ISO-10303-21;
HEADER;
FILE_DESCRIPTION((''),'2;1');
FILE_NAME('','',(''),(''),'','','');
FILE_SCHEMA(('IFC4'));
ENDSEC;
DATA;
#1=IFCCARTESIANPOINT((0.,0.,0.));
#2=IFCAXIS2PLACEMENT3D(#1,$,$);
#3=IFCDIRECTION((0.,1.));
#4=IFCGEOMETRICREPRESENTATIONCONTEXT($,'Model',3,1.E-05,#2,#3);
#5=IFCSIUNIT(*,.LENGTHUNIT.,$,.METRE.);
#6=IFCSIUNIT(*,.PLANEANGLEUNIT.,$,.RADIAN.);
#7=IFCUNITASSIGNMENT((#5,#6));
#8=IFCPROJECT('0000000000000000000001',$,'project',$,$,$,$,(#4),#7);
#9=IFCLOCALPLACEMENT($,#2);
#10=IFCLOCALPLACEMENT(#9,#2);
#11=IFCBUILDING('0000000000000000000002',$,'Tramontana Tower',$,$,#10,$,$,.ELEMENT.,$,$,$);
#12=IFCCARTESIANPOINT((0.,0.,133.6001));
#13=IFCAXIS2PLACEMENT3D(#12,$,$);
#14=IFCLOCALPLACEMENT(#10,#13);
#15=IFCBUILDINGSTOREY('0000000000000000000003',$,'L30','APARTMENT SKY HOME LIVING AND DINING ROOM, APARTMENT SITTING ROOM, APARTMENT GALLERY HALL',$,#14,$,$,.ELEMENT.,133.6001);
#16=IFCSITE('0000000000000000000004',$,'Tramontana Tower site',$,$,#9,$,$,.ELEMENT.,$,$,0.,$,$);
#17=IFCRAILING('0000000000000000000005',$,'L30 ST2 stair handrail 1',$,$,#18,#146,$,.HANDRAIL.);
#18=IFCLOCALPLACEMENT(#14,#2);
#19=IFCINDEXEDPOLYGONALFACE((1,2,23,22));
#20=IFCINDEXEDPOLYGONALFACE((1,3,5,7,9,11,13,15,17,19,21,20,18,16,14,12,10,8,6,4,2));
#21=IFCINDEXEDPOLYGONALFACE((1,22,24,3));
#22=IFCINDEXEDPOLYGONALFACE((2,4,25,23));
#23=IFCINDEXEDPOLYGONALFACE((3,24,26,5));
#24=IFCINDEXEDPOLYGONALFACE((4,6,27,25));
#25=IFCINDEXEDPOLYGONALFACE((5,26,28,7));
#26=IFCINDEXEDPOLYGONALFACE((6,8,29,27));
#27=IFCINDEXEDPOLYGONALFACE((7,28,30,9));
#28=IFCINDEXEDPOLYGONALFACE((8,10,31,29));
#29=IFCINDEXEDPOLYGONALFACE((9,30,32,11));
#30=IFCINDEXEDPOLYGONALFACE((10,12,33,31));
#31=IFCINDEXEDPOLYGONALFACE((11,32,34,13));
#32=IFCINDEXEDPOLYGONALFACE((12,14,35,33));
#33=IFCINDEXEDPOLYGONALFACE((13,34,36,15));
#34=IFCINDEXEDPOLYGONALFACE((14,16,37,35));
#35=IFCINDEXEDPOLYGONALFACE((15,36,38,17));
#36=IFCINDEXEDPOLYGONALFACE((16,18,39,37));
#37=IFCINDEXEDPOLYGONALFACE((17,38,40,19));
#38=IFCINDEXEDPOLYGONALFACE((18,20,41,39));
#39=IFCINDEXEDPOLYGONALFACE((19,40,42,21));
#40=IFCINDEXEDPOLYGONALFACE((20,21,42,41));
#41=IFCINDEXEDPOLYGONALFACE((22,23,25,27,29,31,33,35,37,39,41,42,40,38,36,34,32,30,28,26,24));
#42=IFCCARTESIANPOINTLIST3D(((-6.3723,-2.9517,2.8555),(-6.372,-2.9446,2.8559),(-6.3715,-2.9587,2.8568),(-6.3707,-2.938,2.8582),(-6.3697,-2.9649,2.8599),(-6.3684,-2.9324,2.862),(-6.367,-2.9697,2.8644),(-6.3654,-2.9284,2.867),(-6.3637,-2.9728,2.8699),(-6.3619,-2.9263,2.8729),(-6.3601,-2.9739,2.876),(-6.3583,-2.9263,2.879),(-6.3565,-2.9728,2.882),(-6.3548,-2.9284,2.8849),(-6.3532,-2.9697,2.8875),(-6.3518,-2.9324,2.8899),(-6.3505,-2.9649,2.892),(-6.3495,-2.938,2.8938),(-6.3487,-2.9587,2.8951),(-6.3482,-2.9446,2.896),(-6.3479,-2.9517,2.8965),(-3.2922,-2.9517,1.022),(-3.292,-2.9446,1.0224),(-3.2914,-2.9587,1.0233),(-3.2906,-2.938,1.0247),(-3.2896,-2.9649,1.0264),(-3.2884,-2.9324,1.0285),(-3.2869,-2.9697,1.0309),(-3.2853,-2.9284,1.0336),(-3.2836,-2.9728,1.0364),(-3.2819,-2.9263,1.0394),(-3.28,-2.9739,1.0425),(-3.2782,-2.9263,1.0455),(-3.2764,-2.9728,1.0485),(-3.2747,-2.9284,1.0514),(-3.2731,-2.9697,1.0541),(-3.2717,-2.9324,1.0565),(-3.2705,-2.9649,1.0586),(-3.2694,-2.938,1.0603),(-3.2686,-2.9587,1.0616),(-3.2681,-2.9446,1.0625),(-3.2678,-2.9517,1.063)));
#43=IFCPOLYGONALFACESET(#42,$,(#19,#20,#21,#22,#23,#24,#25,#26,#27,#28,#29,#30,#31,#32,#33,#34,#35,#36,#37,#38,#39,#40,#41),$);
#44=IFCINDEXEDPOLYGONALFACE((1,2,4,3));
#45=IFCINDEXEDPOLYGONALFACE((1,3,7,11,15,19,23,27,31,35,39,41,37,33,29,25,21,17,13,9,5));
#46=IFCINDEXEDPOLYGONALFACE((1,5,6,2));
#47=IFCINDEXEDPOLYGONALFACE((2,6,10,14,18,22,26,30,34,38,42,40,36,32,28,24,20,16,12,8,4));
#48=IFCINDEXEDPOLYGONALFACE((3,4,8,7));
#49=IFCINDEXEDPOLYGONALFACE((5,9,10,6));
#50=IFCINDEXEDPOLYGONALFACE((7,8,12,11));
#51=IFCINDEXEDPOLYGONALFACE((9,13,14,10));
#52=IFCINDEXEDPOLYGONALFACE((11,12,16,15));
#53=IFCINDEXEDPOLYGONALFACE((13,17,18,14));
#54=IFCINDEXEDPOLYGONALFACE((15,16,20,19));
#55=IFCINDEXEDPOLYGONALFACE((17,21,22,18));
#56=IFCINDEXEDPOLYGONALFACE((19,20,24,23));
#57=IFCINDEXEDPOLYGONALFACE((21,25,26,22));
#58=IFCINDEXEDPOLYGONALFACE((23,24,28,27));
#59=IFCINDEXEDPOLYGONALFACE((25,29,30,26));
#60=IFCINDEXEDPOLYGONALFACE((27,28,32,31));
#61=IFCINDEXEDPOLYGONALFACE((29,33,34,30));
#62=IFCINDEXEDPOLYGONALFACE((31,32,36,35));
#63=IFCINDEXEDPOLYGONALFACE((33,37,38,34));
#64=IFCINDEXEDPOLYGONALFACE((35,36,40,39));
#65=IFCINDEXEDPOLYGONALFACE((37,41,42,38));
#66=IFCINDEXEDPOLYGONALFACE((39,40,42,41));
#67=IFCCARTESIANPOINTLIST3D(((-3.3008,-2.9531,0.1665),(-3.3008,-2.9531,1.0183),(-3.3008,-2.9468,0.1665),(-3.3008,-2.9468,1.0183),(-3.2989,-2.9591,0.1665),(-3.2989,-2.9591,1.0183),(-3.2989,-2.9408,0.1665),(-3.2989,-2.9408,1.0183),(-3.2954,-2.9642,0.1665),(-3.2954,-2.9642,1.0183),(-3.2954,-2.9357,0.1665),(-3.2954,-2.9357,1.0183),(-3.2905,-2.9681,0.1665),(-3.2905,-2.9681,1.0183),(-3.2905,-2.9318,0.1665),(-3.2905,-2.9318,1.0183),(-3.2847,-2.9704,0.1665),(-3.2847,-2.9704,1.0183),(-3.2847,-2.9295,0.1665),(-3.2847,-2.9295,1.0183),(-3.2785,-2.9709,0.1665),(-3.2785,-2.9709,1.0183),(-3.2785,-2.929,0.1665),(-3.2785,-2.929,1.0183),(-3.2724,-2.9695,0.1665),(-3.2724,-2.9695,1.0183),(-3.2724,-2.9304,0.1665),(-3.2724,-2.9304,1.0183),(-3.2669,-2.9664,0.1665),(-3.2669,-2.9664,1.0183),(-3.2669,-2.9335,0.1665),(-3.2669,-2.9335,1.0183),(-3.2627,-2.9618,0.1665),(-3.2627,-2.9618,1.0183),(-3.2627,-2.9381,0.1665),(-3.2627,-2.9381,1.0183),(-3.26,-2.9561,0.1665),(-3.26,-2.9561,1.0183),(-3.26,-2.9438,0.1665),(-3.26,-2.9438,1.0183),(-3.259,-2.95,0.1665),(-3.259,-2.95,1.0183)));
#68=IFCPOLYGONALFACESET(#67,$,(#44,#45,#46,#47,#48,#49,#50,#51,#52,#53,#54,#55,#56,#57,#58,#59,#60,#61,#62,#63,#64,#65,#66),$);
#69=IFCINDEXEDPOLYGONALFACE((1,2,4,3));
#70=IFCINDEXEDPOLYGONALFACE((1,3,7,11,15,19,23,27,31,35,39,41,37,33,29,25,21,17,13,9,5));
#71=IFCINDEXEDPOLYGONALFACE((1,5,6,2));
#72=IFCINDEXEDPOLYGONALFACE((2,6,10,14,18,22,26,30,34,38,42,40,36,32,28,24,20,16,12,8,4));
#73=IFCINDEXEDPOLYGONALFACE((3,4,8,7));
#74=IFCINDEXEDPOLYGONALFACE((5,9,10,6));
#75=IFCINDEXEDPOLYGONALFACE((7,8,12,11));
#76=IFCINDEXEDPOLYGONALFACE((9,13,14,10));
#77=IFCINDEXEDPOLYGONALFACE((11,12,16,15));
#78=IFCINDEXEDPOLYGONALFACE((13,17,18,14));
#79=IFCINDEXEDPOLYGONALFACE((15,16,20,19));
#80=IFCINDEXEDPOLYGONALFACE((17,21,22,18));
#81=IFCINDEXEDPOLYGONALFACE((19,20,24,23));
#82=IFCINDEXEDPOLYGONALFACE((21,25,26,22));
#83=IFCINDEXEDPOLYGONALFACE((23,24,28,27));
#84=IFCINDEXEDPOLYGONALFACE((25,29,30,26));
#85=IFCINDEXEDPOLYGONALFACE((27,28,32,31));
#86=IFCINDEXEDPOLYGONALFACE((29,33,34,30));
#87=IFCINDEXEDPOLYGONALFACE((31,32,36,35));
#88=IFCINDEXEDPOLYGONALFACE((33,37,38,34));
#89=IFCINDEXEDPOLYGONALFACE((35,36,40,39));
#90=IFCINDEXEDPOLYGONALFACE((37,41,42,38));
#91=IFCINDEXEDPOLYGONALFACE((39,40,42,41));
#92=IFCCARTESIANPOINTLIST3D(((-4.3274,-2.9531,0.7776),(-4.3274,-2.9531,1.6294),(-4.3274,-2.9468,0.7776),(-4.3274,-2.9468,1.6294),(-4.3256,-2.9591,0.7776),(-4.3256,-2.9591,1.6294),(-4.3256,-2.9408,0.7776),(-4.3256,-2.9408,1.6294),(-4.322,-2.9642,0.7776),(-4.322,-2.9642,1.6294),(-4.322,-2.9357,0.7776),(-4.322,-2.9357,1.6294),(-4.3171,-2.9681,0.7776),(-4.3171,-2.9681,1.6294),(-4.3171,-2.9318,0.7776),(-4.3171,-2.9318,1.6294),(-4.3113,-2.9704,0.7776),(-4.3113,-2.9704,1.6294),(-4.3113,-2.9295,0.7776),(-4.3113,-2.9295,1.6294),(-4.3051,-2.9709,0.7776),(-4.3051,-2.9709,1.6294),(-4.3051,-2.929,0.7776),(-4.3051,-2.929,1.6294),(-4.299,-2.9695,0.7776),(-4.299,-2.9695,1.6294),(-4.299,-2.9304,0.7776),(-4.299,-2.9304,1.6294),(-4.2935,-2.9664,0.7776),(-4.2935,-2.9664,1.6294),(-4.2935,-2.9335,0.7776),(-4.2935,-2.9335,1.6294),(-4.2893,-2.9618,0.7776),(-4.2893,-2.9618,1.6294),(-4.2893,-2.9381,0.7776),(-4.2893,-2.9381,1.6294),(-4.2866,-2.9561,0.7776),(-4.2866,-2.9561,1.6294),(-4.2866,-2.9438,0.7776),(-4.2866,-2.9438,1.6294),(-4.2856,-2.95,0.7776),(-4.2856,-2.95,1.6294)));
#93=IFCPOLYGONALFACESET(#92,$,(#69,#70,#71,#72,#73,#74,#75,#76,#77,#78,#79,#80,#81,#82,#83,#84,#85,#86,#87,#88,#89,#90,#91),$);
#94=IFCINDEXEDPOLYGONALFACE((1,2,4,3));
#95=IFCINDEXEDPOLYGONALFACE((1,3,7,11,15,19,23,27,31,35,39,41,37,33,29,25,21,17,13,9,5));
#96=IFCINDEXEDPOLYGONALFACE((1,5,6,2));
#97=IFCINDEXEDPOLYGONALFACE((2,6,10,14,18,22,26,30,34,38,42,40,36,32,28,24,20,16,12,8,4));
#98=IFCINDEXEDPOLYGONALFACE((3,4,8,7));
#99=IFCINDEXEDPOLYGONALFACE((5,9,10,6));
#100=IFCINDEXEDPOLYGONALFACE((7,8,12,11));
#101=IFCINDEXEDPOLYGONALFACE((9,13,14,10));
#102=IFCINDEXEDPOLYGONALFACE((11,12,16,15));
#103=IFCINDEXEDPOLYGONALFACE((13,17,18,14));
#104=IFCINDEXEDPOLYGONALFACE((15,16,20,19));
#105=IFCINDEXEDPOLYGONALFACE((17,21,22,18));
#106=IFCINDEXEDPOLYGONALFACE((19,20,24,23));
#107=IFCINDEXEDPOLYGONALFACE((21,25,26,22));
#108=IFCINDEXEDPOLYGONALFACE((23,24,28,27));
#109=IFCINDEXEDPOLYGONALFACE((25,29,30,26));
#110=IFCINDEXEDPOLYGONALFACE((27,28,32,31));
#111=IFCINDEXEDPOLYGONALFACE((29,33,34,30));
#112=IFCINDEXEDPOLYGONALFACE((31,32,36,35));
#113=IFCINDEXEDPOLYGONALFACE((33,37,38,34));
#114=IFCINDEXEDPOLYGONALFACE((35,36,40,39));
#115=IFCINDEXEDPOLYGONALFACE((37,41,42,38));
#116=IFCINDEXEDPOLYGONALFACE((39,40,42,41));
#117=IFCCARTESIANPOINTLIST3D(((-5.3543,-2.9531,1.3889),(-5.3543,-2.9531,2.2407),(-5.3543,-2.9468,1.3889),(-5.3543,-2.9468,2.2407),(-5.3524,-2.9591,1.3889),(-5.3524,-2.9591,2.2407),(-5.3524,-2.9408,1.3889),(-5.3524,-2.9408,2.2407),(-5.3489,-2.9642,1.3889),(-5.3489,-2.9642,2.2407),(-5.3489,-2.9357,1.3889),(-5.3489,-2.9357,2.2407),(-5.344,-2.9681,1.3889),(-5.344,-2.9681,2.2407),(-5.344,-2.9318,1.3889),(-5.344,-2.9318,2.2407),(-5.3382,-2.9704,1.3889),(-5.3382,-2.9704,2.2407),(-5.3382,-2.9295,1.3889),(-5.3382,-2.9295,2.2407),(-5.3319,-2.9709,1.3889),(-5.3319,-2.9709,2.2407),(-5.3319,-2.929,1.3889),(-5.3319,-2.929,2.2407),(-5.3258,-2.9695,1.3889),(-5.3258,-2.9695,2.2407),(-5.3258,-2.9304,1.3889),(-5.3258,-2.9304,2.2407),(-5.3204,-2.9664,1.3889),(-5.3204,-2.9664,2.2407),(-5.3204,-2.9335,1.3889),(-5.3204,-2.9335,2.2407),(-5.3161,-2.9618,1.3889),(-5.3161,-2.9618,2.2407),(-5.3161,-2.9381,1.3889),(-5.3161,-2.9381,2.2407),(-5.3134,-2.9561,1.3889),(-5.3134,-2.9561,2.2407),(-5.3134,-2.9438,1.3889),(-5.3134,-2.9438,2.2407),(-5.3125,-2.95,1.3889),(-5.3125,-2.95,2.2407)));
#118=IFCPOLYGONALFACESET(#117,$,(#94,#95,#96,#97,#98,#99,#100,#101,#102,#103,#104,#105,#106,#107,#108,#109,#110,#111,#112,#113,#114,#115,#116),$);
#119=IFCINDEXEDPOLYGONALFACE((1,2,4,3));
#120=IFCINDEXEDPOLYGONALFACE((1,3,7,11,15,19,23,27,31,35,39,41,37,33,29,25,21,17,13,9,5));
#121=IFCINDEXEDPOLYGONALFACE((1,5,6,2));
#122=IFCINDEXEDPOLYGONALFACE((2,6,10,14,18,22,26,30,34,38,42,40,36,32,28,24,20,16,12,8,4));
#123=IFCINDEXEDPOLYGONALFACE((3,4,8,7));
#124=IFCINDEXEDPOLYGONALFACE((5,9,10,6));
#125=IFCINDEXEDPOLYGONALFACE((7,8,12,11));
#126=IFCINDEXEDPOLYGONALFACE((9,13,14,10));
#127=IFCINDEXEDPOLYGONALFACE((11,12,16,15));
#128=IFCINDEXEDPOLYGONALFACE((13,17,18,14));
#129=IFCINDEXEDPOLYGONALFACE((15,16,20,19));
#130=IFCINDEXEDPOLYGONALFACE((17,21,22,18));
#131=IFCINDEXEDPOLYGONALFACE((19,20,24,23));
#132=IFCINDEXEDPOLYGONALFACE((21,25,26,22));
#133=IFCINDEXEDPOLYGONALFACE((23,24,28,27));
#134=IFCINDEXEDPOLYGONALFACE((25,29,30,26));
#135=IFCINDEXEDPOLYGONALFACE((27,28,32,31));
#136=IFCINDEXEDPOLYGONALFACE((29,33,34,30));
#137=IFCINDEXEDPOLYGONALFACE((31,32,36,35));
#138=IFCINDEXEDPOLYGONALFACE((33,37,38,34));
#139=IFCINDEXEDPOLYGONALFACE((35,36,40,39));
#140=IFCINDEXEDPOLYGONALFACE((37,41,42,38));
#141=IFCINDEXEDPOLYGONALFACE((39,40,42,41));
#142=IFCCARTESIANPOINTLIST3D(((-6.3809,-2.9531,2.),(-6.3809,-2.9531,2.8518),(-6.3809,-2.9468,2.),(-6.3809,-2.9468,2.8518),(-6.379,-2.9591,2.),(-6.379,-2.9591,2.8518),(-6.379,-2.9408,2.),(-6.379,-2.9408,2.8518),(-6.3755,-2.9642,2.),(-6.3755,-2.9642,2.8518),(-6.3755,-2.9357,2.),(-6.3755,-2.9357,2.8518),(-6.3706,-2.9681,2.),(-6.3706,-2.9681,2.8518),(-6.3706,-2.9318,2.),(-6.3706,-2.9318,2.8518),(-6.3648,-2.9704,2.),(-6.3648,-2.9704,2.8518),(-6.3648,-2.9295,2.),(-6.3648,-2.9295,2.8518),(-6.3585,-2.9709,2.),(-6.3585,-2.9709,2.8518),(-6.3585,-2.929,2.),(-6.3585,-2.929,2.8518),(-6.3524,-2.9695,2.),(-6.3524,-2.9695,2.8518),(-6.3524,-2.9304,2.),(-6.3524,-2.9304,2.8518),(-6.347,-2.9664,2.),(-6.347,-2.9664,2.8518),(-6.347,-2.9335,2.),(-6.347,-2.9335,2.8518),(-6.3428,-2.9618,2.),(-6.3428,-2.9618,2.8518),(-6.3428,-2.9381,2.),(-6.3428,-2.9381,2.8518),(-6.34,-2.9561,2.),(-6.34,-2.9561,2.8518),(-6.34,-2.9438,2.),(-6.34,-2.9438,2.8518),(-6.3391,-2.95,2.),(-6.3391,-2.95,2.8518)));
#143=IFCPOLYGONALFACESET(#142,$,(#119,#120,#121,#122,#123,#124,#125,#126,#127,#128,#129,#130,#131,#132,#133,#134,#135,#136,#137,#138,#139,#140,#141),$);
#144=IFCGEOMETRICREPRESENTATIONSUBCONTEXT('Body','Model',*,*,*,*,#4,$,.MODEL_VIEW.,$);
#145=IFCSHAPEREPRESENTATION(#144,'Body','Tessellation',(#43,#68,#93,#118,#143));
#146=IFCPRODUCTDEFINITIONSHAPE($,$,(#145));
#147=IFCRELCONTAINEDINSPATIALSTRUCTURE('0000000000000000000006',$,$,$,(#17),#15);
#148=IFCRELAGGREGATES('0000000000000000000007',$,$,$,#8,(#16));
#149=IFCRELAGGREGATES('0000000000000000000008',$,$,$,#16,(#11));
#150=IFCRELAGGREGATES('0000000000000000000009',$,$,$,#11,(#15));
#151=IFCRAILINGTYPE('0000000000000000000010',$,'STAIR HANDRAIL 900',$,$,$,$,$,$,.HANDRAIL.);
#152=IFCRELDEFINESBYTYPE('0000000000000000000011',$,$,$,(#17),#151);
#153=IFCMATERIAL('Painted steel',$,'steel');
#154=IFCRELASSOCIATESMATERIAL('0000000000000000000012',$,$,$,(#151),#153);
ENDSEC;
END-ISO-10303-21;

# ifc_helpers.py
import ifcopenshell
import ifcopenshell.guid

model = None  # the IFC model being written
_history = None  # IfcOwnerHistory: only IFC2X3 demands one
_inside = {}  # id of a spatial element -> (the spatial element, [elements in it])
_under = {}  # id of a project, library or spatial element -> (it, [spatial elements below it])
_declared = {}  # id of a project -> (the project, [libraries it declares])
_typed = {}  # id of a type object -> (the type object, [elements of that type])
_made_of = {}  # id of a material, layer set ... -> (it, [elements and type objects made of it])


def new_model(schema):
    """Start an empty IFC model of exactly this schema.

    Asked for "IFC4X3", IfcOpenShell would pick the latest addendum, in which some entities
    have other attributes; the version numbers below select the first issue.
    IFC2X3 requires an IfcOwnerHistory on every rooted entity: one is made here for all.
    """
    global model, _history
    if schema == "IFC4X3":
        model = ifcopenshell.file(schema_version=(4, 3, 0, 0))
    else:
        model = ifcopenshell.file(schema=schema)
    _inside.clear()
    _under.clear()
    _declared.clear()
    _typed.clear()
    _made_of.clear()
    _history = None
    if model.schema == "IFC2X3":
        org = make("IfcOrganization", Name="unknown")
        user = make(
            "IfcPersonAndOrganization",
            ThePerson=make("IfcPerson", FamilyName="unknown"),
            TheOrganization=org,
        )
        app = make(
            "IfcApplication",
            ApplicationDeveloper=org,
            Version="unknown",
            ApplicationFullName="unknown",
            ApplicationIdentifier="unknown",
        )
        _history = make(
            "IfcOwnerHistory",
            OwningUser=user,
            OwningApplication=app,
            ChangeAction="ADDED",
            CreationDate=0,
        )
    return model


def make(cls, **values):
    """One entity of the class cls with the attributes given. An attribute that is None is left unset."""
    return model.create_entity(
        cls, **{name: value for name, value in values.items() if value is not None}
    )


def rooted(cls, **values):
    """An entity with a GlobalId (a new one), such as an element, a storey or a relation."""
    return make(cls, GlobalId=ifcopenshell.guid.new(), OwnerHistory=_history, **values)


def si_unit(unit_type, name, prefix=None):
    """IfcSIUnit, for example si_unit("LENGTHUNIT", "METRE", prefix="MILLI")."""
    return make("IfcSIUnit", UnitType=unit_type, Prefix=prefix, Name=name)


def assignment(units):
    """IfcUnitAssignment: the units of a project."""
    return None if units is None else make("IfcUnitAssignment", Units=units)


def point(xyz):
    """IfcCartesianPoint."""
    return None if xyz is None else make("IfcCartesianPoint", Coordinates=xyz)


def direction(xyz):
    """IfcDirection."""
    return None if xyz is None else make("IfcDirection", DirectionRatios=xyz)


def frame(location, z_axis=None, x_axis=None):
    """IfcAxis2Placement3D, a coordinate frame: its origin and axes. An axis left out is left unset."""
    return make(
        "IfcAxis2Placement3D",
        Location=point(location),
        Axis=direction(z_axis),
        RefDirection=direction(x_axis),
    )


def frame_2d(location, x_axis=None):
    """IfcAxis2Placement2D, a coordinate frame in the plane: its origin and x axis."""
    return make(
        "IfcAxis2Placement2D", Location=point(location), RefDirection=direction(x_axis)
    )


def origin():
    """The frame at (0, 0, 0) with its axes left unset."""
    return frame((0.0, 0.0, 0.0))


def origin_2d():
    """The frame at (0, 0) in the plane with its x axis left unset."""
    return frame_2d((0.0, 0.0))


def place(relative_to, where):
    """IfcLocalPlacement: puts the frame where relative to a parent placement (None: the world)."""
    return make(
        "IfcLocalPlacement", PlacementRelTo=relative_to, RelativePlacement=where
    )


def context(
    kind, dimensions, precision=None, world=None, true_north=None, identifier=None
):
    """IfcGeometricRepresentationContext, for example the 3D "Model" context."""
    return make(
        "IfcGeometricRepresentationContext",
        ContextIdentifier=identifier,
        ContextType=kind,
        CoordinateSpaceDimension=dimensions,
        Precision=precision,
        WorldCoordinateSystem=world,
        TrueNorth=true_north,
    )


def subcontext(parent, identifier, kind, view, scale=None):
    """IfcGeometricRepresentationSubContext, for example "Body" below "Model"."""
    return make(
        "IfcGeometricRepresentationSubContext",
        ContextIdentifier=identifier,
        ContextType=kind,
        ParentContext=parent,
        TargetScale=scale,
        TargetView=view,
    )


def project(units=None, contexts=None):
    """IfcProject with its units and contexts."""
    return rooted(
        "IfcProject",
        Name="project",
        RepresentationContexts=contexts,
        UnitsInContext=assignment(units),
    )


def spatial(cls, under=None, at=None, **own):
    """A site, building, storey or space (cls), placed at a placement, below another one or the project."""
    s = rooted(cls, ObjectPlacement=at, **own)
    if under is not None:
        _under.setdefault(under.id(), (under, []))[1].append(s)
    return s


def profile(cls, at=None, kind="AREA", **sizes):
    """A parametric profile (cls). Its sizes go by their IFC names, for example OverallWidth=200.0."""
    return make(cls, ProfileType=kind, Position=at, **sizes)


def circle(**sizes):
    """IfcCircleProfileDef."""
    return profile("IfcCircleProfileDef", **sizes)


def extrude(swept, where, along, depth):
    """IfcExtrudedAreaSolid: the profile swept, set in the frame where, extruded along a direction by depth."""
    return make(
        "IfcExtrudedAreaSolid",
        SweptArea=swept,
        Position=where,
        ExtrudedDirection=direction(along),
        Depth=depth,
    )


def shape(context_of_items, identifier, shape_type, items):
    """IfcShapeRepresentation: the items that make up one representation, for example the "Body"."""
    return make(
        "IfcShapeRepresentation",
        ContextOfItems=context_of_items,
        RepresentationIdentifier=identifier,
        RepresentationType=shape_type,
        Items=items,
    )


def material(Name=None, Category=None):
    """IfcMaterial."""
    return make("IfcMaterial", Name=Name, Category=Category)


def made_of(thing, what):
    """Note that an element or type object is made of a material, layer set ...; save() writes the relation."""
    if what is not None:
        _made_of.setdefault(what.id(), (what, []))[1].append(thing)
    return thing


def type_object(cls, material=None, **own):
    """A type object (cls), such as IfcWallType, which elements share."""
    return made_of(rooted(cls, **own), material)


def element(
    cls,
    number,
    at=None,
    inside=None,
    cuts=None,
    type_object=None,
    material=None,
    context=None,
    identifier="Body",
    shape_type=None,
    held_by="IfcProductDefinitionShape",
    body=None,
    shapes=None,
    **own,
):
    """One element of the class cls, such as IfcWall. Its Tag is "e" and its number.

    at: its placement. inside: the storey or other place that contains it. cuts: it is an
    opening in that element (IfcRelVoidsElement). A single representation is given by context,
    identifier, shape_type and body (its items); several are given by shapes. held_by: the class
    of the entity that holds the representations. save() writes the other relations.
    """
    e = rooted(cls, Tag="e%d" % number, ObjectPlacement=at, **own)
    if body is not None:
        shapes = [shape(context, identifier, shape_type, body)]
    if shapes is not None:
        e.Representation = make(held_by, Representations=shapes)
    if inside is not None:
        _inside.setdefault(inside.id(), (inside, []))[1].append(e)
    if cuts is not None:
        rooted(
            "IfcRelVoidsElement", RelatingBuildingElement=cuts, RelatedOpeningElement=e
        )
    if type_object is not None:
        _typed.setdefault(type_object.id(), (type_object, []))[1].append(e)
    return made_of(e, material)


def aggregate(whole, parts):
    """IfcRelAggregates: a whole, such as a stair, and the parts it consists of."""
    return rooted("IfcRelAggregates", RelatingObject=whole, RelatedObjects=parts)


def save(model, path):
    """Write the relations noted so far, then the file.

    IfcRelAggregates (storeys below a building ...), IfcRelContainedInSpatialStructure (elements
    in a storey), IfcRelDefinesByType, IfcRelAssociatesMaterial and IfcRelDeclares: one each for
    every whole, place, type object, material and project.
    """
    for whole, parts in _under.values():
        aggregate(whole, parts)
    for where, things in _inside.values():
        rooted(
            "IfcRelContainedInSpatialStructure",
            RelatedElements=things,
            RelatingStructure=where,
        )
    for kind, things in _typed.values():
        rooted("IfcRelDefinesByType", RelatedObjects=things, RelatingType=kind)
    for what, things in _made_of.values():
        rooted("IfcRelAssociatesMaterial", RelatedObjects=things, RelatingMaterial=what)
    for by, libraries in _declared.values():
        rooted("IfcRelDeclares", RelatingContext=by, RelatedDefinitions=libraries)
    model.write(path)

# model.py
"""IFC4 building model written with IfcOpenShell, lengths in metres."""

from ifc_helpers import new_model, si_unit, direction, frame, origin, origin_2d, place, context, subcontext, project, spatial, circle, extrude, material, type_object, element, save


model = new_model("IFC4")

# Units and contexts
model_context = context("Model", 3, precision=1e-05, world=origin(), true_north=direction((0.0, 1.0)))
body_context = subcontext(model_context, "Body", "Model", "MODEL_VIEW")
ifc_project = project(units=[si_unit("LENGTHUNIT", "METRE"), si_unit("PLANEANGLEUNIT", "RADIAN")], contexts=[model_context])

# Site, building, storey
site_placement = place(None, origin())
site = spatial("IfcSite", under=ifc_project, at=site_placement, Name="Tramontana Tower site", CompositionType="ELEMENT", RefElevation=0.0)
building_placement = place(site_placement, origin())
building = spatial("IfcBuilding", under=site, at=building_placement, Name="Tramontana Tower", CompositionType="ELEMENT")
storey_placement = place(building_placement, frame((0.0, 0.0, 133.6001)))
storey = spatial("IfcBuildingStorey", under=building, at=storey_placement, Name="L30", Description="APARTMENT SKY HOME LIVING AND DINING ROOM, APARTMENT SITTING ROOM, APARTMENT GALLERY HALL", CompositionType="ELEMENT", Elevation=133.6001)

# Railing
ifc_material_1 = material(Name="Painted steel", Category="steel")
railing_type_1 = type_object("IfcRailingType", Name="STAIR HANDRAIL 900", PredefinedType="HANDRAIL", material=ifc_material_1)
railing_1_placement = place(storey_placement, frame((-3.28, -2.95, 0.1665)))
element("IfcRailing", 1, at=railing_1_placement, inside=storey, type_object=railing_type_1, Name="L30 ST2 stair handrail 1", PredefinedType="HANDRAIL", context=body_context, shape_type="SweptSolid", body=[
    extrude(circle(Radius=0.0239, at=origin_2d()), frame((0.0, 0.0, 0.876), z_axis=(-0.859279, 0.0, 0.511508), x_axis=(0.0, -1.0, 0.0)), (0.0, 0.0, 1.0), 3.5845),
    extrude(circle(Radius=0.021, at=origin_2d()), origin(), (0.0, 0.0, 1.0), 0.8518),
    extrude(circle(Radius=0.021, at=origin_2d()), frame((-1.0266, 0.0, 0.6111)), (0.0, 0.0, 1.0), 0.8518),
    extrude(circle(Radius=0.021, at=origin_2d()), frame((-2.0535, 0.0, 1.2224)), (0.0, 0.0, 1.0), 0.8518),
    extrude(circle(Radius=0.021, at=origin_2d()), frame((-3.0801, 0.0, 1.8335)), (0.0, 0.0, 1.0), 0.8518),
])

save(model, "model.ifc")
